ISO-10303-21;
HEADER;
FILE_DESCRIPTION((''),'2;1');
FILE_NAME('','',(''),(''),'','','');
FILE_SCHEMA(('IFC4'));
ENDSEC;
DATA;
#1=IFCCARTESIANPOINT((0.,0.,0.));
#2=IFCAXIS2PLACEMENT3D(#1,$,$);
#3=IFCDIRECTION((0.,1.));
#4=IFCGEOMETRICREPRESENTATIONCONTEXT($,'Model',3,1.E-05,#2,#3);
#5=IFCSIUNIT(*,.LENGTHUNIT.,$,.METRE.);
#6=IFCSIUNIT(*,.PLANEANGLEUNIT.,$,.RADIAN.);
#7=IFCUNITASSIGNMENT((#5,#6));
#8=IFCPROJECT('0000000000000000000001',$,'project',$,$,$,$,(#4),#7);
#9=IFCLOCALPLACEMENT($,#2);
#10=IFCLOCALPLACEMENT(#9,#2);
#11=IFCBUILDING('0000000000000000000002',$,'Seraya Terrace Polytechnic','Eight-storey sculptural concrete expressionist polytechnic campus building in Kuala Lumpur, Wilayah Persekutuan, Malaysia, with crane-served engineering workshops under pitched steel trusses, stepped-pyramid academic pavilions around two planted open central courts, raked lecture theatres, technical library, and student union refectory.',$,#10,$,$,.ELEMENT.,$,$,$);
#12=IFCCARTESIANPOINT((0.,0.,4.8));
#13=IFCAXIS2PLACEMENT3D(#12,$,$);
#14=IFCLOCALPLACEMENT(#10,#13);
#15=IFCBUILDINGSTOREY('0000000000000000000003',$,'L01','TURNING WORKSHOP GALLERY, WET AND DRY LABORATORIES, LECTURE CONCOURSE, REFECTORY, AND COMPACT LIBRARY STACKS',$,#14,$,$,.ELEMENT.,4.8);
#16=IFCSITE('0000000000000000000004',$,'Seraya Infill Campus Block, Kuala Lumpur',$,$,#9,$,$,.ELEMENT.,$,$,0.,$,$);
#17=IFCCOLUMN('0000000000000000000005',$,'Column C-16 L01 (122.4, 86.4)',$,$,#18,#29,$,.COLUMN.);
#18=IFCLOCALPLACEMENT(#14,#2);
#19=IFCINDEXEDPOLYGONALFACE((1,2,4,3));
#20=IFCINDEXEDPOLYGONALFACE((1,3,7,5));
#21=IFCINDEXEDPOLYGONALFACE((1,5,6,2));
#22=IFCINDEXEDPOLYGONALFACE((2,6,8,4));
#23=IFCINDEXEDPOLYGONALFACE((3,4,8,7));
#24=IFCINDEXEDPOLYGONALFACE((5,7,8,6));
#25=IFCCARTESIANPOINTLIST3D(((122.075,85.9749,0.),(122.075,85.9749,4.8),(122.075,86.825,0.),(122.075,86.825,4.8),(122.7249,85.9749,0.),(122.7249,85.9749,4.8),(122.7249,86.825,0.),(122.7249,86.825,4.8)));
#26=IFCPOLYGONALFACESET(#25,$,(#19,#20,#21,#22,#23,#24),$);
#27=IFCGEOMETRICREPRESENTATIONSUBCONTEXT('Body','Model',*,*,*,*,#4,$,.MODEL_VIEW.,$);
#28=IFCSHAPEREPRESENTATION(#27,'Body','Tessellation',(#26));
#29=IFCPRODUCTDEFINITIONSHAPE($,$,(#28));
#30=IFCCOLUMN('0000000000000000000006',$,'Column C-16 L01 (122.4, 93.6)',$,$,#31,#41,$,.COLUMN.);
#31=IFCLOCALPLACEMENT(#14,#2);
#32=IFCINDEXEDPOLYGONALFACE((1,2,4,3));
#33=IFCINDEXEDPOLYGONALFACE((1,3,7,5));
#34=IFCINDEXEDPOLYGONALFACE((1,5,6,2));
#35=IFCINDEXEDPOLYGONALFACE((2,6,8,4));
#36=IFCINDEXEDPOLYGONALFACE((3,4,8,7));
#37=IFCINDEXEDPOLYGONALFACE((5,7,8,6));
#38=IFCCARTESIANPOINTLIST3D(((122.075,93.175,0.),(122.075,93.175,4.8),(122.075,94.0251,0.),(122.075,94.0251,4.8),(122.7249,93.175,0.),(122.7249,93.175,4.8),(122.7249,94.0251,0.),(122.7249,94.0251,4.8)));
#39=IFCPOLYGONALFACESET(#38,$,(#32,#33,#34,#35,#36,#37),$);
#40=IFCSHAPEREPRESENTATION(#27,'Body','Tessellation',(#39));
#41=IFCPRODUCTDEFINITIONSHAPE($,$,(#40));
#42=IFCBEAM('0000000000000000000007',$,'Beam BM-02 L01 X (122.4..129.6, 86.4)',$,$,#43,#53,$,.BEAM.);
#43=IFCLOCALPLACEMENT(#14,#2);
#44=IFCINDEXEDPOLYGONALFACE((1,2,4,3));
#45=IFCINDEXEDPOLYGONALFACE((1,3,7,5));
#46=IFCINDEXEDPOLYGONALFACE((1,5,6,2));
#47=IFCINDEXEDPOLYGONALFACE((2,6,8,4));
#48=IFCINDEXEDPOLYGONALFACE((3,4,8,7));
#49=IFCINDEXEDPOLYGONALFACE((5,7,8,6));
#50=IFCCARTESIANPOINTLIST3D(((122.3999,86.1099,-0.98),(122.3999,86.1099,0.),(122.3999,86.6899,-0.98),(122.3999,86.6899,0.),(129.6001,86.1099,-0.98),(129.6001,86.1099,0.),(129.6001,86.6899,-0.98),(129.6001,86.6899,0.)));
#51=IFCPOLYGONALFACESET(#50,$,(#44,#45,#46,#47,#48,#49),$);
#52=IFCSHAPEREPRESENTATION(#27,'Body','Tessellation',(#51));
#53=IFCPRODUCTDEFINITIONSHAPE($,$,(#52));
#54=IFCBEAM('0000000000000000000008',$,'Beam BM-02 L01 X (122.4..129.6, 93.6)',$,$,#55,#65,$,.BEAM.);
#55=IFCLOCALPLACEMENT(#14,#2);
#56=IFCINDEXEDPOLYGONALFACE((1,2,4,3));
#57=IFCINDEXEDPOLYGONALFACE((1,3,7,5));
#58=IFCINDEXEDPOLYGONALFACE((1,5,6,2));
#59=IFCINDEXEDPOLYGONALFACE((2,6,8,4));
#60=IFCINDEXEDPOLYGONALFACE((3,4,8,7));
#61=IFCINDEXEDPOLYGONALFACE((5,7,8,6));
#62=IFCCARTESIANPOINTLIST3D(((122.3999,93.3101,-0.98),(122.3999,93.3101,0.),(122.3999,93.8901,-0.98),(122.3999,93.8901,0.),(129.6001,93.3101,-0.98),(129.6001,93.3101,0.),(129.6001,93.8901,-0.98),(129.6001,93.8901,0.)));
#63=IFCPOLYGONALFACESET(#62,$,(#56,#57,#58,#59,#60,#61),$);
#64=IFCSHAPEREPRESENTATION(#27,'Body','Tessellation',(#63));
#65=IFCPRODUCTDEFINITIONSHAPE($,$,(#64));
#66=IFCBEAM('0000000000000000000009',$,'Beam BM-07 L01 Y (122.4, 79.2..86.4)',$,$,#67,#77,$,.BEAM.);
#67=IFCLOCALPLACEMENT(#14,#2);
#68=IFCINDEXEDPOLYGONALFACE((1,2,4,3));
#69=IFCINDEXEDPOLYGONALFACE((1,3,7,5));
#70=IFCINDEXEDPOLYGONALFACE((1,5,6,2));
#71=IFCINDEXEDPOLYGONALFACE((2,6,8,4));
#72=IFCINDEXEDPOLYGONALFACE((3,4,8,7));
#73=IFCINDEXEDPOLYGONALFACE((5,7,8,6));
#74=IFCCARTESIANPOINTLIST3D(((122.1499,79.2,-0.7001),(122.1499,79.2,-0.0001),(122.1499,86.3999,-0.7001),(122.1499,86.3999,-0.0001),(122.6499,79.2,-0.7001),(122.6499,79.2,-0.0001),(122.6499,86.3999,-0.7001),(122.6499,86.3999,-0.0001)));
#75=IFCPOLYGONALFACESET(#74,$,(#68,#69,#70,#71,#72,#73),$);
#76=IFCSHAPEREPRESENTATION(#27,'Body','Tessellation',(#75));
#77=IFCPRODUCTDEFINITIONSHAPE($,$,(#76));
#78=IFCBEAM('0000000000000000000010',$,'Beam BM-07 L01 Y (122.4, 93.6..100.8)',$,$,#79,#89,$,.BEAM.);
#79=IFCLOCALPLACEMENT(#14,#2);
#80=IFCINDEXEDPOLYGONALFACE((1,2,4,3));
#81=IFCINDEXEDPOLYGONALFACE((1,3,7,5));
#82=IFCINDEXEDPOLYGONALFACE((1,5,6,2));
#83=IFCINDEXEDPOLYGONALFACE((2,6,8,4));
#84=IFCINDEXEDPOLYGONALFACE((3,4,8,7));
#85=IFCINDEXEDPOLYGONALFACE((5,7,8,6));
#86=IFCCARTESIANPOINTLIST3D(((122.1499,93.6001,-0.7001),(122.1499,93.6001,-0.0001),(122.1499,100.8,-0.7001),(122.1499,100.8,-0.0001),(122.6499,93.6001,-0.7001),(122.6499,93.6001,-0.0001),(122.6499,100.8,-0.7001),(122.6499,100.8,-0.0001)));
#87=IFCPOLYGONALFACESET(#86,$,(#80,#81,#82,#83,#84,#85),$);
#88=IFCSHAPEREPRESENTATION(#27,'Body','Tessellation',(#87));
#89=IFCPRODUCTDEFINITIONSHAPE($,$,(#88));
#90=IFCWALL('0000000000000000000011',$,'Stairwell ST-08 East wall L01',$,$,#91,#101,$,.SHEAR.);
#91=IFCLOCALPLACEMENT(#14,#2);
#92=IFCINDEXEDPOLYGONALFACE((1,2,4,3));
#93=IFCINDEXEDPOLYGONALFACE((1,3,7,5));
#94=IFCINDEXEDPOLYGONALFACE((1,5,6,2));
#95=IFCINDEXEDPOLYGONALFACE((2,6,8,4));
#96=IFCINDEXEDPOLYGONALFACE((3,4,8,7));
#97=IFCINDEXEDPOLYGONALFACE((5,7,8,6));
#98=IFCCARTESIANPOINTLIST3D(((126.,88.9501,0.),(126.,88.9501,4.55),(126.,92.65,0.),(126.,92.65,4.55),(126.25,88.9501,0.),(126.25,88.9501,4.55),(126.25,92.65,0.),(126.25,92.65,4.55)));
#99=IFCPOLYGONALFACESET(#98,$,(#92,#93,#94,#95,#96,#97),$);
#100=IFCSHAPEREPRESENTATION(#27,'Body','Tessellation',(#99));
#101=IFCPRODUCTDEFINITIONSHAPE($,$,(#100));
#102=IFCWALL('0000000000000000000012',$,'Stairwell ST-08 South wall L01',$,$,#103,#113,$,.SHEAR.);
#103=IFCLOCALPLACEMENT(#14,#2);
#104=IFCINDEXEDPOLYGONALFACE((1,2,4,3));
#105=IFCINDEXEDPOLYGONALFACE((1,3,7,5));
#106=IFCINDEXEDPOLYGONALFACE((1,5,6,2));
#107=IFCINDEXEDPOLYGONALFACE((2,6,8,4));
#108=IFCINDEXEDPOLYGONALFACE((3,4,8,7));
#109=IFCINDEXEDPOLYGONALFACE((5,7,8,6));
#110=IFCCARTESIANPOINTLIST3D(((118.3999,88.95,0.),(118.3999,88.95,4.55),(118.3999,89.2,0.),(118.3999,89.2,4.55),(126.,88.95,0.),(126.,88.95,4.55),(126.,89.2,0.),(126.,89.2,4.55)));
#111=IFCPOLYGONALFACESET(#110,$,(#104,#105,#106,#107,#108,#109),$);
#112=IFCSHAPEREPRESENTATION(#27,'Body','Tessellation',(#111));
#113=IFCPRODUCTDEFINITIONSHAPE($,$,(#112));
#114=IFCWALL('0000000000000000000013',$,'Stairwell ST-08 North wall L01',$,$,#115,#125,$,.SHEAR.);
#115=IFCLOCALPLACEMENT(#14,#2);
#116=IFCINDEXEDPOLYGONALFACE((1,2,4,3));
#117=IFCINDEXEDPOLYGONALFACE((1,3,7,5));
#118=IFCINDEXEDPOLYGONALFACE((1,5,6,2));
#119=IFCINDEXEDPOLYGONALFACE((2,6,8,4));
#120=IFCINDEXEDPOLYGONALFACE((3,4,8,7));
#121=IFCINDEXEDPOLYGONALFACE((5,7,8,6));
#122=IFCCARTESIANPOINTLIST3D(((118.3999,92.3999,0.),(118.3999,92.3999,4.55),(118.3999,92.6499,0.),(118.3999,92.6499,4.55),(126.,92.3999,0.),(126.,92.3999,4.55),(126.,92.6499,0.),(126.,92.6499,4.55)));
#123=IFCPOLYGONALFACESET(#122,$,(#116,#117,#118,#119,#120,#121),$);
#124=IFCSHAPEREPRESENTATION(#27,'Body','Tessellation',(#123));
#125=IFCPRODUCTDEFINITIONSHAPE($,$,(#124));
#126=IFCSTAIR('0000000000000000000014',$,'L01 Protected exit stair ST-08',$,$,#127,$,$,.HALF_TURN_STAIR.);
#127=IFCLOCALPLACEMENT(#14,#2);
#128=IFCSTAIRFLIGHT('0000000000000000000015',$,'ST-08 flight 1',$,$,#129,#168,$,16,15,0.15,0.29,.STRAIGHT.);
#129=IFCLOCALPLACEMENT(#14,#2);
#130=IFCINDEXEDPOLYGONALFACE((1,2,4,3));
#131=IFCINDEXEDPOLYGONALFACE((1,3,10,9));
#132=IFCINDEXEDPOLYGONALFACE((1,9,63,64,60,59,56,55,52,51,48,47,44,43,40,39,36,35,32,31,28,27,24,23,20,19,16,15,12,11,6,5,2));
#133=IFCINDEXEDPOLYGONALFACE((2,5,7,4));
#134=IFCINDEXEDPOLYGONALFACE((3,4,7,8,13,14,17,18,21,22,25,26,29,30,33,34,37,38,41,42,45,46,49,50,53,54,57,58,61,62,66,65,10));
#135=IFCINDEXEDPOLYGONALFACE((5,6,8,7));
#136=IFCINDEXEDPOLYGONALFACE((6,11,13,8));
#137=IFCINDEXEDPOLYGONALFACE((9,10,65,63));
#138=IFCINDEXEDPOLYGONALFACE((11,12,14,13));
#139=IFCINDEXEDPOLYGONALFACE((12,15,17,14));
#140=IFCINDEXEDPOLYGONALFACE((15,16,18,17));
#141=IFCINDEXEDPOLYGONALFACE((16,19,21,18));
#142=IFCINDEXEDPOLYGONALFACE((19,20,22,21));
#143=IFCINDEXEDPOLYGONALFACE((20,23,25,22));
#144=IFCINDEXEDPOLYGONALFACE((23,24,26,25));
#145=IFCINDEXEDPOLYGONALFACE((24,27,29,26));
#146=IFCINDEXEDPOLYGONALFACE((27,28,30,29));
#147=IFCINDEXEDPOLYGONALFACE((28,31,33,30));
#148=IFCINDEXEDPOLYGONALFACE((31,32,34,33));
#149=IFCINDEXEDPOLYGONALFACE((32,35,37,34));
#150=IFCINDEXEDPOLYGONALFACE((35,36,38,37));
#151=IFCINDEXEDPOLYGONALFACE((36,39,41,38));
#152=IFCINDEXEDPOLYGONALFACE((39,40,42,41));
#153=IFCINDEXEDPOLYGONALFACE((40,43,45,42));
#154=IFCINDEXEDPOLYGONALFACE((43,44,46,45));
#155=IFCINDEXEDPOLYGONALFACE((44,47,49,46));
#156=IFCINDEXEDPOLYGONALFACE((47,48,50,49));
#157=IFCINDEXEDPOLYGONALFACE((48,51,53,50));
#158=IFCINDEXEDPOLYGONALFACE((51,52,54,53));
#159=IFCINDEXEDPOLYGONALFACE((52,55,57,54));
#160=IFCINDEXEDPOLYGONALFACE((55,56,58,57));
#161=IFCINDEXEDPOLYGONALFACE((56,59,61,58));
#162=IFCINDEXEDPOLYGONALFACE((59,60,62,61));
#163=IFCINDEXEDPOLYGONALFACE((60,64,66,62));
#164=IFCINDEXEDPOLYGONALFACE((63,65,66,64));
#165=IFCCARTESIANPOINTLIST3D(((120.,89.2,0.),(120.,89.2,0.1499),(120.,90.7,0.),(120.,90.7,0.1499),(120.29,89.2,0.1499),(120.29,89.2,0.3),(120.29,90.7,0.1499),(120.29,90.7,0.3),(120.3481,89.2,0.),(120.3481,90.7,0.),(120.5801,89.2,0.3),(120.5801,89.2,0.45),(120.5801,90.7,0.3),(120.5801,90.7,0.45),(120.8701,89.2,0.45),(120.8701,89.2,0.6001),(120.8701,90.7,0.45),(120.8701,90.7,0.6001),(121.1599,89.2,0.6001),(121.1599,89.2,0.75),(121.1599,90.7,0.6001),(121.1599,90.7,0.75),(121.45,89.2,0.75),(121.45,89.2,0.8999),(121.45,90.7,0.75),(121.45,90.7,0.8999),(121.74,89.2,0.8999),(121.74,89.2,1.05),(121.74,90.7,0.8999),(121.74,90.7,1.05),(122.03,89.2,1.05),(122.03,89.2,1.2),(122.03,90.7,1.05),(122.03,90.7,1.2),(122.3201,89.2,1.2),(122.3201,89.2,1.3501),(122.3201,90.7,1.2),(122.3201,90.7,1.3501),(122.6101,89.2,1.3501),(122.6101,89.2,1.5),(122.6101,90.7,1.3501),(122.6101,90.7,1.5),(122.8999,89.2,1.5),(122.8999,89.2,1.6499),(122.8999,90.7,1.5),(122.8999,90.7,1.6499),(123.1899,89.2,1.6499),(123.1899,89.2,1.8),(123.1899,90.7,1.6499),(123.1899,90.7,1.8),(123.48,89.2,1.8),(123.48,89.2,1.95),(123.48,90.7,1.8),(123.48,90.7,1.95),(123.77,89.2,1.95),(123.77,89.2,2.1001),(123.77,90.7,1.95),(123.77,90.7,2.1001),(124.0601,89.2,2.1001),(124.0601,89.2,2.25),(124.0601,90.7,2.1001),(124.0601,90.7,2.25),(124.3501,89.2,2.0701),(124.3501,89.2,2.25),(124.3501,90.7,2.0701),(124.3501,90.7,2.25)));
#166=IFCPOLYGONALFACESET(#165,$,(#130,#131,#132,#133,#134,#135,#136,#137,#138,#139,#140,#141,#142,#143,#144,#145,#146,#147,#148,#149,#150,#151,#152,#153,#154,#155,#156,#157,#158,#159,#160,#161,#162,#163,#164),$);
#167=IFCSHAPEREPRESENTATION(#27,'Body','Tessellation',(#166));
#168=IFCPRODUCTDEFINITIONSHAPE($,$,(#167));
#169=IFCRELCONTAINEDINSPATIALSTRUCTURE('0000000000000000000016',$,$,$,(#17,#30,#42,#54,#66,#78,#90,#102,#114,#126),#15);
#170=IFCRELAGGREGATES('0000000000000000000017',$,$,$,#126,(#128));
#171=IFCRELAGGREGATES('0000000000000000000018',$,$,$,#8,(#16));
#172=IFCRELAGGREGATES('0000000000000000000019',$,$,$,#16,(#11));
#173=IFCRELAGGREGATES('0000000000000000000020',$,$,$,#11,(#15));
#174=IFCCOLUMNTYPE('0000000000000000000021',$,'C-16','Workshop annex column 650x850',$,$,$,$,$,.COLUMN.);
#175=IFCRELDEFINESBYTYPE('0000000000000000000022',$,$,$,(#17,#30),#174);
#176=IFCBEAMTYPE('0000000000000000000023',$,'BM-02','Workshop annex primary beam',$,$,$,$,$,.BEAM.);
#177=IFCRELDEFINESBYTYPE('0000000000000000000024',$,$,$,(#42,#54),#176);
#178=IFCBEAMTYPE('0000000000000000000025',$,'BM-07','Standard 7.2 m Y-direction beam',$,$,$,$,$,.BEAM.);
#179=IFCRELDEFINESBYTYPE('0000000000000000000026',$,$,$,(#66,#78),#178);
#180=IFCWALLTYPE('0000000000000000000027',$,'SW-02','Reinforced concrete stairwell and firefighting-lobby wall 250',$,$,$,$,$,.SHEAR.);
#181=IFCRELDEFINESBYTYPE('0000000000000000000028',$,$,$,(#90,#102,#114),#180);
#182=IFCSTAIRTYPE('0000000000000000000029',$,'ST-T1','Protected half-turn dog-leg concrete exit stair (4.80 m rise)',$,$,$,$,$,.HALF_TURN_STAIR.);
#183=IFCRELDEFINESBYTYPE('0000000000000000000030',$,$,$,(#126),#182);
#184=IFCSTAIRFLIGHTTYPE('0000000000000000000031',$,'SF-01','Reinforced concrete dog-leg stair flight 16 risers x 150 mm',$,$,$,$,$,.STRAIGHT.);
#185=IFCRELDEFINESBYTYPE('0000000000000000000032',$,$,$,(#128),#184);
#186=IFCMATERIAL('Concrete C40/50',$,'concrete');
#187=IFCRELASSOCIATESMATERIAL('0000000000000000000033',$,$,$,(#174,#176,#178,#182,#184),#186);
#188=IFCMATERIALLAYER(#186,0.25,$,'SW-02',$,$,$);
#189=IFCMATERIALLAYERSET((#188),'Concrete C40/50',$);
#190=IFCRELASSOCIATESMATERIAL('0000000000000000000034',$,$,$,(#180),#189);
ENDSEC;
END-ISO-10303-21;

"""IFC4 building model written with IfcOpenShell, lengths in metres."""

from ifc_helpers import new_model, si_unit, direction, frame, frame_2d, origin, origin_2d, place, context, subcontext, project, spatial, polyline, rectangle, outline, extrude, material, layer, layer_set, material_profile, profile_set, type_object, element, aggregate, save


model = new_model("IFC4")

# Units and contexts
model_context = context("Model", 3, precision=1e-05, world=origin(), true_north=direction((0.0, 1.0)))
body_context = subcontext(model_context, "Body", "Model", "MODEL_VIEW")
ifc_project = project(units=[si_unit("LENGTHUNIT", "METRE"), si_unit("PLANEANGLEUNIT", "RADIAN")], contexts=[model_context])

# Site, building, storey
site_placement = place(None, origin())
site = spatial("IfcSite", under=ifc_project, at=site_placement, Name="Seraya Infill Campus Block, Kuala Lumpur", CompositionType="ELEMENT", RefElevation=0.0)
building_placement = place(site_placement, origin())
building = spatial("IfcBuilding", under=site, at=building_placement, Name="Seraya Terrace Polytechnic", Description="Eight-storey sculptural concrete expressionist polytechnic campus building in Kuala Lumpur, Wilayah Persekutuan, Malaysia, with crane-served engineering workshops under pitched steel trusses, stepped-pyramid academic pavilions around two planted open central courts, raked lecture theatres, technical library, and student union refectory.", CompositionType="ELEMENT")
storey_placement = place(building_placement, frame((0.0, 0.0, 4.8)))
storey = spatial("IfcBuildingStorey", under=building, at=storey_placement, Name="L01", Description="TURNING WORKSHOP GALLERY, WET AND DRY LABORATORIES, LECTURE CONCOURSE, REFECTORY, AND COMPACT LIBRARY STACKS", CompositionType="ELEMENT", Elevation=4.8)

# Columns
ifc_material_1 = material(Name="Concrete C40/50", Category="concrete")
ifc_material_profile_1 = material_profile(ifc_material_1, rectangle(XDim=0.6499, YDim=0.8501, at=origin_2d()), Name="RC 650x850")
ifc_profile_set_1 = profile_set([ifc_material_profile_1], Name="Concrete C40/50")
column_type = type_object("IfcColumnType", Name="C-16", Description="Workshop annex column 650x850", PredefinedType="COLUMN", material=ifc_profile_set_1)
for number, where, z_axis, x_axis, name in (
    (1, (122.3999, 86.3999, 0.0), (0.0, 0.0, 1.0), (1.0, 0.0, 0.0), "Column C-16 L01 (122.4, 86.4)"),
    (2, (122.3999, 93.6001, 0.0), (0.0, 0.0, 1.0), (1.0, 0.0, 0.0), "Column C-16 L01 (122.4, 93.6)"),
):
    element("IfcColumn", number, at=place(storey_placement, frame(where, z_axis=z_axis, x_axis=x_axis)), inside=storey, type_object=column_type, Name=name, PredefinedType="COLUMN", context=body_context, shape_type="SweptSolid", body=[
        extrude(rectangle(XDim=0.6499, YDim=0.8501, at=origin_2d()), origin(), (0.0, 0.0, 1.0), 4.8),
    ])

# Beams
ifc_material_profile_2 = material_profile(ifc_material_1, rectangle(XDim=0.5801, YDim=0.98, at=origin_2d()), Name="RC 580x980")
ifc_profile_set_2 = profile_set([ifc_material_profile_2], Name="Concrete C40/50")
beam_type_1 = type_object("IfcBeamType", Name="BM-02", Description="Workshop annex primary beam", PredefinedType="BEAM", material=ifc_profile_set_2)
for number, where, z_axis, x_axis, name in (
    (3, (122.3999, 86.3999, -0.49), (1.0, 0.0, 0.0), (0.0, 1.0, 0.0), "Beam BM-02 L01 X (122.4..129.6, 86.4)"),
    (4, (122.3999, 93.6001, -0.49), (1.0, 0.0, 0.0), (0.0, 1.0, 0.0), "Beam BM-02 L01 X (122.4..129.6, 93.6)"),
):
    element("IfcBeam", number, at=place(storey_placement, frame(where, z_axis=z_axis, x_axis=x_axis)), inside=storey, type_object=beam_type_1, Name=name, PredefinedType="BEAM", context=body_context, shape_type="SweptSolid", body=[
        extrude(rectangle(XDim=0.5801, YDim=0.98, at=origin_2d()), origin(), (0.0, 0.0, 1.0), 7.2002),
    ])
ifc_material_profile_3 = material_profile(ifc_material_1, rectangle(XDim=0.5, YDim=0.7, at=origin_2d()), Name="RC 500x700")
ifc_profile_set_3 = profile_set([ifc_material_profile_3], Name="Concrete C40/50")
beam_type_2 = type_object("IfcBeamType", Name="BM-07", Description="Standard 7.2 m Y-direction beam", PredefinedType="BEAM", material=ifc_profile_set_3)
for number, where, z_axis, x_axis, name in (
    (5, (122.3999, 79.2, -0.3501), (0.0, 1.0, 0.0), (-1.0, 0.0, 0.0), "Beam BM-07 L01 Y (122.4, 79.2..86.4)"),
    (6, (122.3999, 93.6001, -0.3501), (0.0, 1.0, 0.0), (-1.0, 0.0, 0.0), "Beam BM-07 L01 Y (122.4, 93.6..100.8)"),
):
    element("IfcBeam", number, at=place(storey_placement, frame(where, z_axis=z_axis, x_axis=x_axis)), inside=storey, type_object=beam_type_2, Name=name, PredefinedType="BEAM", context=body_context, shape_type="SweptSolid", body=[
        extrude(rectangle(XDim=0.5, YDim=0.7, at=origin_2d()), origin(), (0.0, 0.0, 1.0), 7.2),
    ])

# Shared definitions
ifc_layer = layer(ifc_material_1, 0.25, Name="SW-02")
ifc_layer_set = layer_set([ifc_layer], Name="Concrete C40/50")
wall_type = type_object("IfcWallType", Name="SW-02", Description="Reinforced concrete stairwell and firefighting-lobby wall 250", PredefinedType="SHEAR", material=ifc_layer_set)

# Walls
wall_1_placement = place(storey_placement, frame((126.125, 88.95, 0.0), z_axis=(0.0, 0.0, 1.0), x_axis=(0.0, 1.0, 0.0)))
element("IfcWall", 7, at=wall_1_placement, inside=storey, type_object=wall_type, Name="Stairwell ST-08 East wall L01", PredefinedType="SHEAR", context=body_context, shape_type="SweptSolid", body=[
    extrude(rectangle(XDim=3.7, YDim=0.25, at=frame_2d((1.8501, 0.0))), origin(), (0.0, 0.0, 1.0), 4.55),
])
for number, where, z_axis, x_axis, name in (
    (8, (118.3999, 89.075, 0.0), (0.0, 0.0, 1.0), (1.0, 0.0, 0.0), "Stairwell ST-08 South wall L01"),
    (9, (118.3999, 92.5249, 0.0), (0.0, 0.0, 1.0), (1.0, 0.0, 0.0), "Stairwell ST-08 North wall L01"),
):
    element("IfcWall", number, at=place(storey_placement, frame(where, z_axis=z_axis, x_axis=x_axis)), inside=storey, type_object=wall_type, Name=name, PredefinedType="SHEAR", context=body_context, shape_type="SweptSolid", body=[
        extrude(rectangle(XDim=7.6001, YDim=0.25, at=frame_2d((3.8, 0.0))), origin(), (0.0, 0.0, 1.0), 4.55),
    ])

# Stair, stair flight
stair_type = type_object("IfcStairType", Name="ST-T1", Description="Protected half-turn dog-leg concrete exit stair (4.80 m rise)", PredefinedType="HALF_TURN_STAIR", material=ifc_material_1)
stair_placement = place(storey_placement, origin())
stair = element("IfcStair", 10, at=stair_placement, inside=storey, type_object=stair_type, Name="L01 Protected exit stair ST-08", PredefinedType="HALF_TURN_STAIR")
stair_flight_type = type_object("IfcStairFlightType", Name="SF-01", Description="Reinforced concrete dog-leg stair flight 16 risers x 150 mm", PredefinedType="STRAIGHT", material=ifc_material_1)
stair_flight_1_placement = place(storey_placement, frame((120.0, 89.95, 0.0), z_axis=(0.0, 0.0, 1.0), x_axis=(1.0, 0.0, 0.0)))
stair_flight_1 = element("IfcStairFlight", 11, at=stair_flight_1_placement, type_object=stair_flight_type, Name="ST-08 flight 1", NumberOfRisers=16, NumberOfTreads=15, PredefinedType="STRAIGHT", RiserHeight=0.15, TreadLength=0.29, context=body_context, shape_type="SweptSolid", body=[
    extrude(outline(polyline([(0.0, 0.0), (0.0, 0.1499), (0.29, 0.1499), (0.29, 0.3), (0.5801, 0.3), (0.5801, 0.45), (0.8701, 0.45), (0.8701, 0.6001), (1.1599, 0.6001), (1.1599, 0.75), (1.45, 0.75), (1.45, 0.8999), (1.74, 0.8999), (1.74, 1.05), (2.03, 1.05), (2.03, 1.2), (2.3201, 1.2), (2.3201, 1.3501), (2.6101, 1.3501), (2.6101, 1.5), (2.8999, 1.5), (2.8999, 1.6499), (3.1899, 1.6499), (3.1899, 1.8), (3.48, 1.8), (3.48, 1.95), (3.77, 1.95), (3.77, 2.1001), (4.0601, 2.1001), (4.0601, 2.25), (4.3501, 2.25), (4.3501, 2.3999), (4.3501, 2.0701), (0.3481, 0.0), (0.0, 0.0)])), frame((0.0, 0.75, 0.0), z_axis=(0.0, -1.0, 0.0), x_axis=(1.0, 0.0, 0.0)), (0.0, 0.0, 1.0), 1.5),
])
aggregate(stair, [stair_flight_1])

save(model, "model.ifc")
